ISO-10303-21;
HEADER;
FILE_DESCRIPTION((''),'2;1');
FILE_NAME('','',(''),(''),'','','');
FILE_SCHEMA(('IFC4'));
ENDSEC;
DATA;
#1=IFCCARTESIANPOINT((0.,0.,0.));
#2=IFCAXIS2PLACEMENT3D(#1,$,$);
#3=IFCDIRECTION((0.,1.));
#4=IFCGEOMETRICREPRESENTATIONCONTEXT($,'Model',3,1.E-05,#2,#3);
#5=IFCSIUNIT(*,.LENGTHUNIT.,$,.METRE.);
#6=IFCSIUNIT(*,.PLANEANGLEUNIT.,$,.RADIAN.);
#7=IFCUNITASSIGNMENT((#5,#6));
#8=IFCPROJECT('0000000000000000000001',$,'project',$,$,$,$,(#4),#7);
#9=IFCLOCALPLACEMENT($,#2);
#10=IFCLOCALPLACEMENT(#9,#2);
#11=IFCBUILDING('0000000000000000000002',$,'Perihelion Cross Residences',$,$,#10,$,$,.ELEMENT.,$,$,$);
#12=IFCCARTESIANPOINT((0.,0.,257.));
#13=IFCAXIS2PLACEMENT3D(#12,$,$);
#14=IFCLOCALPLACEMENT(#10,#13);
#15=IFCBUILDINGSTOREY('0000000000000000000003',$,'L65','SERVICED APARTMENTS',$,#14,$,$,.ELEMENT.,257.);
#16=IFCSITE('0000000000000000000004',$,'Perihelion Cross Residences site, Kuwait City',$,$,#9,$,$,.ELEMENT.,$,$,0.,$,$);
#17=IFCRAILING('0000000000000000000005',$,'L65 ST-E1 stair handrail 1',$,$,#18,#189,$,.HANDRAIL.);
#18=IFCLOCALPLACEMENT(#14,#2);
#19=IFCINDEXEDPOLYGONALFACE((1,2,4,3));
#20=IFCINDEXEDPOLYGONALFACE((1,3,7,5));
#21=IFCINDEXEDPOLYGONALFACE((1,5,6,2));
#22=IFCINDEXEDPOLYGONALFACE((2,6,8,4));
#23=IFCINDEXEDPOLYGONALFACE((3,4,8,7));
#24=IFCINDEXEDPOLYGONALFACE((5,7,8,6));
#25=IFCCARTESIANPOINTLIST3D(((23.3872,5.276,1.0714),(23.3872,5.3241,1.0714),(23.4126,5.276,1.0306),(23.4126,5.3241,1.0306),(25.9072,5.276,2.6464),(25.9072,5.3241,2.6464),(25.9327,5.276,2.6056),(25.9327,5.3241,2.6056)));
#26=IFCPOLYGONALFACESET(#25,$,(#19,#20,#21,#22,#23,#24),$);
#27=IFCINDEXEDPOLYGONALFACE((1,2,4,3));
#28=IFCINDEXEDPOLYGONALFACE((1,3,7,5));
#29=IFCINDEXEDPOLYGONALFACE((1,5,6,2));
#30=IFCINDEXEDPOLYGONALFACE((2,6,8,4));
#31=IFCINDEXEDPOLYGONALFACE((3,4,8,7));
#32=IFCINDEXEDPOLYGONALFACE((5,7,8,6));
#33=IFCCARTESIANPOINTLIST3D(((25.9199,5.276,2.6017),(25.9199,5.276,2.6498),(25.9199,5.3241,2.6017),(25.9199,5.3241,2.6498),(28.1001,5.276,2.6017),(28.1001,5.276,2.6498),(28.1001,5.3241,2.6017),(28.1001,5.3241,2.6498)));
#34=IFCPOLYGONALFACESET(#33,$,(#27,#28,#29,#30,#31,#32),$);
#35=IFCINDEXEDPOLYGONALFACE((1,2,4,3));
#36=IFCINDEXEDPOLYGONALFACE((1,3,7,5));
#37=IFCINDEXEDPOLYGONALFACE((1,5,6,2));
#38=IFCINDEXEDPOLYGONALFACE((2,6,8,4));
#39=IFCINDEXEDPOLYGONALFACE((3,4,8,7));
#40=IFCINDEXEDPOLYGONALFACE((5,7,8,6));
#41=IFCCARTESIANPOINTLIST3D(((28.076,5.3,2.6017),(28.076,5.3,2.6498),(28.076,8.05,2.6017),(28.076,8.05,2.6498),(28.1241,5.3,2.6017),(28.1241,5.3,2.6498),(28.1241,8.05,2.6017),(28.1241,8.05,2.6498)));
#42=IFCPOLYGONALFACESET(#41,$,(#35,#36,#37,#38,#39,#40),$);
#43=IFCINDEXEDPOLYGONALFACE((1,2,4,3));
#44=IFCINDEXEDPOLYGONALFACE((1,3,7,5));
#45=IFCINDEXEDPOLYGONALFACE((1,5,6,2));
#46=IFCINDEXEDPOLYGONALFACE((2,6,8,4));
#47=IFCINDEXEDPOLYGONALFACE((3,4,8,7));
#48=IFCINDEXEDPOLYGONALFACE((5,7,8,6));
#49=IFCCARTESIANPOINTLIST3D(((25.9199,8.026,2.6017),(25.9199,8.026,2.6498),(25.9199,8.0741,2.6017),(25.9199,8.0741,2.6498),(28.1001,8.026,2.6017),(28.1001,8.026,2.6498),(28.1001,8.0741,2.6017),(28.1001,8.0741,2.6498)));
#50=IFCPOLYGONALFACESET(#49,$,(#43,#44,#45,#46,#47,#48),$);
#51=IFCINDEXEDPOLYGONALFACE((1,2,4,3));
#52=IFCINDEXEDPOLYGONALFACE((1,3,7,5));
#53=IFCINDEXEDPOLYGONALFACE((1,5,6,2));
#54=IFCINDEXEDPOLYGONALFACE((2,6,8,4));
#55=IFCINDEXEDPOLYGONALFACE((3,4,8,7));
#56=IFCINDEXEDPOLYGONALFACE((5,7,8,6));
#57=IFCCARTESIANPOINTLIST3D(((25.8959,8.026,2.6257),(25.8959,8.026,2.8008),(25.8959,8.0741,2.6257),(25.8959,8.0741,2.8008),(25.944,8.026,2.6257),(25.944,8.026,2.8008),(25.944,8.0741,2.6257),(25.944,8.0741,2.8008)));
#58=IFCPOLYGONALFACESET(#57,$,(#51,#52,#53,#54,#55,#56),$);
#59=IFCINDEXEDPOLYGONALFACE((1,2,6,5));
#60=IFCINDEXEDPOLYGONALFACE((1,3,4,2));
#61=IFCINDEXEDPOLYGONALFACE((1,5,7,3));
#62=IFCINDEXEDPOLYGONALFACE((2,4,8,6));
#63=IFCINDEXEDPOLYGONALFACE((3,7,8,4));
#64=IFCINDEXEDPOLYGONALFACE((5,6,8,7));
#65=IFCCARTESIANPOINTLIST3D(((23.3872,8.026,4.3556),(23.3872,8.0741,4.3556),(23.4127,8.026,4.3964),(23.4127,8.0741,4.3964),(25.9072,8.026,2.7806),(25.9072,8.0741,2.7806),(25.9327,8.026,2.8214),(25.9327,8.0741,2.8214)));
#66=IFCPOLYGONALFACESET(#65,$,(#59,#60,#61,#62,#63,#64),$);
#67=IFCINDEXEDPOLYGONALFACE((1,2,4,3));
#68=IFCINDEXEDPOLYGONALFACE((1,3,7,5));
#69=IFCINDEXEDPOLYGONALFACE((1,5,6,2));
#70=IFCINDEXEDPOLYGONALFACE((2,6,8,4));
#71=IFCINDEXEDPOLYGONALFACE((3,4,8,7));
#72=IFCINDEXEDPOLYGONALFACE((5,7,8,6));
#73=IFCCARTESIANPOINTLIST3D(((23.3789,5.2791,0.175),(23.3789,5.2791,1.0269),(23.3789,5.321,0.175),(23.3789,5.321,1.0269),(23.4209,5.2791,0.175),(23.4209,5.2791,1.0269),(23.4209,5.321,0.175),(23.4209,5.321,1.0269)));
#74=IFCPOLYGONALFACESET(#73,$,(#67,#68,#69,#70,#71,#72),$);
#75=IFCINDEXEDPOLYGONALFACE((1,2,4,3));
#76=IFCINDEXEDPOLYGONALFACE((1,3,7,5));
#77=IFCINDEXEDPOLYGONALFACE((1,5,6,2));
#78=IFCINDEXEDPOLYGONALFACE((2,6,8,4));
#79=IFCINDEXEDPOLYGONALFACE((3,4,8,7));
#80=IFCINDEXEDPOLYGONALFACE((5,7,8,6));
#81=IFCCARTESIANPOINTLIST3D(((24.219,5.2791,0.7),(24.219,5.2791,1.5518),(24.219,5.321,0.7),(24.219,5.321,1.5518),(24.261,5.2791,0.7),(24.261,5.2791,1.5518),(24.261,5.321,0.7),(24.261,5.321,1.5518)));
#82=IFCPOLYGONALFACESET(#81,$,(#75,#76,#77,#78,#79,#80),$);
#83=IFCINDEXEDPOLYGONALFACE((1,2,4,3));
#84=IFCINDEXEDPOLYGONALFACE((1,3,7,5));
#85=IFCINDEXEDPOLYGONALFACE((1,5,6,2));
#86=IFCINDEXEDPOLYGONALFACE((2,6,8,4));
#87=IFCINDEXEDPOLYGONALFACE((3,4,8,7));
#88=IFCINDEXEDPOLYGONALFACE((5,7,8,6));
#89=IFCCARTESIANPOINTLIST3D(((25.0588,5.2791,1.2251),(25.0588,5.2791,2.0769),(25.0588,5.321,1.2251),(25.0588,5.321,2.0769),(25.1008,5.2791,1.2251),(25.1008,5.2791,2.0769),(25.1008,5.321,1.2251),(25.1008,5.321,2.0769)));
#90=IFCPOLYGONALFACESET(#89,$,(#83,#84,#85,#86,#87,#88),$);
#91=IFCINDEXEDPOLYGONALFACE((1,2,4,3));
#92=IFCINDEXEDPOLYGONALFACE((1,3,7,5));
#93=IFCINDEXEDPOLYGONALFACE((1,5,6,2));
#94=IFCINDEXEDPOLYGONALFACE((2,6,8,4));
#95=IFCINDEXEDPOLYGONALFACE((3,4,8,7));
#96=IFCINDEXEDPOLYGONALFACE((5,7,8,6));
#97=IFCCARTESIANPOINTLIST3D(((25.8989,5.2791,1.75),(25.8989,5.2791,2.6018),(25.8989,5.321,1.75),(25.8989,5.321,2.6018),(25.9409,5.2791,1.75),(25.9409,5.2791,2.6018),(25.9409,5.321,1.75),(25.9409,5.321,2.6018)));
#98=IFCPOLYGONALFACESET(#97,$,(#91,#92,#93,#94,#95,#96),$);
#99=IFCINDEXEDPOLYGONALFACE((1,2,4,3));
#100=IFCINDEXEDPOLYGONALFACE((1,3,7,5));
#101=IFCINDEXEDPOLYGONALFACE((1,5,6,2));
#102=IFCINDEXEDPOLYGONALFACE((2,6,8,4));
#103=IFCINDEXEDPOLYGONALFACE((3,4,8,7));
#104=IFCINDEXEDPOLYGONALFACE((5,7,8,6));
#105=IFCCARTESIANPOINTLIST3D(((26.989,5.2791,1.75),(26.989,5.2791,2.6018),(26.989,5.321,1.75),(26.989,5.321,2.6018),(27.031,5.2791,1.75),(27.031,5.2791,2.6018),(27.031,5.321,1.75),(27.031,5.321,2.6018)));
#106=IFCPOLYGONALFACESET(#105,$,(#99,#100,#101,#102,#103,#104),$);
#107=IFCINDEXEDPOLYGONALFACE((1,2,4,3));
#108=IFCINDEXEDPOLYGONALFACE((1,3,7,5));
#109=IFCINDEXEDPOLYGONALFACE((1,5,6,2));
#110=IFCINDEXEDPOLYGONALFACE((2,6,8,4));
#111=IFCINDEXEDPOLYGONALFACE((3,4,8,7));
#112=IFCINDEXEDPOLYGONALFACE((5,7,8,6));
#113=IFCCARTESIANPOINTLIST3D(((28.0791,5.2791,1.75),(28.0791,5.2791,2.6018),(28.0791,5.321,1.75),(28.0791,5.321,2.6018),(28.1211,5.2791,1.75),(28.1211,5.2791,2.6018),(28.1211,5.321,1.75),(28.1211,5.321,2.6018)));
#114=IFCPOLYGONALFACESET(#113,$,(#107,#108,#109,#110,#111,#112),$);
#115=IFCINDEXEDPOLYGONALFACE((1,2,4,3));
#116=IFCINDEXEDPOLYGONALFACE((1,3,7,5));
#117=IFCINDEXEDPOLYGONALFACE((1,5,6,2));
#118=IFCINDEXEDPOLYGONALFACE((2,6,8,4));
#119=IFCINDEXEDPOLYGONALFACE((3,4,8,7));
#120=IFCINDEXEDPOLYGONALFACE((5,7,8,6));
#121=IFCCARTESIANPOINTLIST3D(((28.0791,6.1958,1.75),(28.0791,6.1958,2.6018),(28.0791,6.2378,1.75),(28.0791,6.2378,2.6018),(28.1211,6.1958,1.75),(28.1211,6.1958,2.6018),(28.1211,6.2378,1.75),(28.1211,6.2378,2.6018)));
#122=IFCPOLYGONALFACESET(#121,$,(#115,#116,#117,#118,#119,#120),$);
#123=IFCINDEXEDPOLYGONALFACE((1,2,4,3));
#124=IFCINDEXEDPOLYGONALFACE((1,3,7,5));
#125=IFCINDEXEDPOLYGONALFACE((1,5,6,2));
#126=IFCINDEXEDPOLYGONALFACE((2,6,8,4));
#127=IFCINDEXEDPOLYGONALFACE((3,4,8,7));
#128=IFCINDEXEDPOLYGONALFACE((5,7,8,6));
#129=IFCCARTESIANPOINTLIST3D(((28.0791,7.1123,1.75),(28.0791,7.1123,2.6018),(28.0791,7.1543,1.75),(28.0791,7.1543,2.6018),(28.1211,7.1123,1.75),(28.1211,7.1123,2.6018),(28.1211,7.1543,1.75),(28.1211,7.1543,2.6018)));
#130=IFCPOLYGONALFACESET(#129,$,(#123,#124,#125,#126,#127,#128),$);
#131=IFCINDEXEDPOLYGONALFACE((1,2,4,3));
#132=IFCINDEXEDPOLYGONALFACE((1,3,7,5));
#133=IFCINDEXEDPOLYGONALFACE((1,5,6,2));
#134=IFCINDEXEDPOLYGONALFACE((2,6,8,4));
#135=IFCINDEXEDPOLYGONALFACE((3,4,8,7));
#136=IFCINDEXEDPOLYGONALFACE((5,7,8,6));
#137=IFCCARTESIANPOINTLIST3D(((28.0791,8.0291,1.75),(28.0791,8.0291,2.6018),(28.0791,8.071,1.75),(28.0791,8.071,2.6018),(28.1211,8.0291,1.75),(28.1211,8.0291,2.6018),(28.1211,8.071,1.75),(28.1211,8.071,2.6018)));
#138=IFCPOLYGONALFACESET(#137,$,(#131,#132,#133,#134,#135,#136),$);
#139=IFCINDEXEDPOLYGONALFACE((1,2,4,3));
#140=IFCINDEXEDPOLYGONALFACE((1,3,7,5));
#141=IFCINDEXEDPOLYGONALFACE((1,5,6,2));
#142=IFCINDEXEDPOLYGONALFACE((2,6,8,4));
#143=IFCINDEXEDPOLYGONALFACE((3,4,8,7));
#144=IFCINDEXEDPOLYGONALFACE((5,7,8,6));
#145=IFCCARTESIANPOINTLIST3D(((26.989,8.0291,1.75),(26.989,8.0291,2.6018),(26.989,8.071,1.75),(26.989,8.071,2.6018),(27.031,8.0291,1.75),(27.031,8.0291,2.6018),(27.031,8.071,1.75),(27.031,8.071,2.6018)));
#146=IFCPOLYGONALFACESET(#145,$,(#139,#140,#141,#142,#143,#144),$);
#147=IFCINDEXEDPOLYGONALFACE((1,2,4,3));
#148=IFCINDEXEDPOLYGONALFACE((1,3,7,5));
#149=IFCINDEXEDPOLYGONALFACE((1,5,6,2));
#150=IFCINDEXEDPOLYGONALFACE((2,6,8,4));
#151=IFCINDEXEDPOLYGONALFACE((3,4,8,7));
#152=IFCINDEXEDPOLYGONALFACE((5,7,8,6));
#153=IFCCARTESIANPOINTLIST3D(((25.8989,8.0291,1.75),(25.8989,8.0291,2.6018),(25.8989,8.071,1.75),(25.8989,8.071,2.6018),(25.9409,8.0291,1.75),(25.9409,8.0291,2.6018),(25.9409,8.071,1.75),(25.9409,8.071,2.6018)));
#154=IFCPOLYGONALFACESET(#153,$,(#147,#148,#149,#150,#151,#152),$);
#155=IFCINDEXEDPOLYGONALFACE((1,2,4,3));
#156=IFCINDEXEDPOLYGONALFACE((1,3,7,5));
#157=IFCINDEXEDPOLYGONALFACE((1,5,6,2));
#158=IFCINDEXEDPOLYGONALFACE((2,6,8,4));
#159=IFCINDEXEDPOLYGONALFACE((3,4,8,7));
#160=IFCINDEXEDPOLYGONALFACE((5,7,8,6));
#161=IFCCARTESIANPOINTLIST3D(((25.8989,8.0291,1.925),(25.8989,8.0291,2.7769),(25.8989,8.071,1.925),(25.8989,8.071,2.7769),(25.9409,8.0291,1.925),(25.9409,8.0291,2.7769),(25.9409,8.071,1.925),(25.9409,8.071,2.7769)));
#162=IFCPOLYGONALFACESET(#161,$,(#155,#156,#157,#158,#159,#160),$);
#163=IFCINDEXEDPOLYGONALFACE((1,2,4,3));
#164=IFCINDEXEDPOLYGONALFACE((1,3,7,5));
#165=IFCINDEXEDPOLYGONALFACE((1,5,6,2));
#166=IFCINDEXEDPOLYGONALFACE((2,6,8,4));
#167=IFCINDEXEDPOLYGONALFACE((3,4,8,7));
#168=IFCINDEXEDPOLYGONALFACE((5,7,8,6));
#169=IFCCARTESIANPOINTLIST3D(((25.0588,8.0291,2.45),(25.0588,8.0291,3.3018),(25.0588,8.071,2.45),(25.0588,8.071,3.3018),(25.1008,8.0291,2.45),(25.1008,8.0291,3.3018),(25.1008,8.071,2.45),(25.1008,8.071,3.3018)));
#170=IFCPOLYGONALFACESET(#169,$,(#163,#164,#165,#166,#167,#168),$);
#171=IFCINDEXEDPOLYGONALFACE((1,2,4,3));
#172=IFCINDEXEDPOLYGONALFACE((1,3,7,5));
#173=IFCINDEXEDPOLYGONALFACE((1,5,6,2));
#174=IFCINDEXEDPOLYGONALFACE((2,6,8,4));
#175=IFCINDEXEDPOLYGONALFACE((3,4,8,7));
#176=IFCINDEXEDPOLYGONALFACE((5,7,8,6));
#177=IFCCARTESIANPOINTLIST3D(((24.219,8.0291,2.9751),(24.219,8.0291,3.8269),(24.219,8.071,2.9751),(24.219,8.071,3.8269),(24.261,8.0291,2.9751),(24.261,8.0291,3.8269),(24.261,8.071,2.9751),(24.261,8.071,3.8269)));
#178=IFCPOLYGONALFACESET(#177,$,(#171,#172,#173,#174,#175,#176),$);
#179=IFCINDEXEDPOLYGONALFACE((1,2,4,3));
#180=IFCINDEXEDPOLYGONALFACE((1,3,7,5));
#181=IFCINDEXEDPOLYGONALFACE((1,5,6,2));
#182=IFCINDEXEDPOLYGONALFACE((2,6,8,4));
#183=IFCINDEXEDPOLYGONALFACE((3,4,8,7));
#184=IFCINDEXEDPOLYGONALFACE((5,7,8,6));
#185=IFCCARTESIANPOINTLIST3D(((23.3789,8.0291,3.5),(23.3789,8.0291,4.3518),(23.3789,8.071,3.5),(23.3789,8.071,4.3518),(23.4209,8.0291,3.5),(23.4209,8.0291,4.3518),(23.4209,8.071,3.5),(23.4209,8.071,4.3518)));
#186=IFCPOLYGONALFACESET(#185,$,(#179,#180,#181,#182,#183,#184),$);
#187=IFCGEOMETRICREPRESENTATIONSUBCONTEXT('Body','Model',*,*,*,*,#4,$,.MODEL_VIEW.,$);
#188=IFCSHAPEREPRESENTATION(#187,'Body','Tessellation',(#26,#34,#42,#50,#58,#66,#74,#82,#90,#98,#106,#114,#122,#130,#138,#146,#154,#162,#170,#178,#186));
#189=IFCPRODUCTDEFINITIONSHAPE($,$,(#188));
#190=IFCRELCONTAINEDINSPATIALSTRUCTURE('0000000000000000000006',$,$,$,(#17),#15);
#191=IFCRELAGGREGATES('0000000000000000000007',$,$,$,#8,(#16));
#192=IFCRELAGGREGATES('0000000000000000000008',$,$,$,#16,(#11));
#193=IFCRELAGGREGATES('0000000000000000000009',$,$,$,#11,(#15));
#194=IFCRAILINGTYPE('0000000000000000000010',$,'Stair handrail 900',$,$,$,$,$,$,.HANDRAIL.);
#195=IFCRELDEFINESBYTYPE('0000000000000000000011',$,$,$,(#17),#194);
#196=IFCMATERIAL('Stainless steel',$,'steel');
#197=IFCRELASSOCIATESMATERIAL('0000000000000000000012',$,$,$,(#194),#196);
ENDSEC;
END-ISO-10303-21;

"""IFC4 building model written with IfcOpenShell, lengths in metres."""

from ifc_helpers import new_model, si_unit, direction, frame, origin, origin_2d, place, context, subcontext, project, spatial, rectangle, extrude, material, type_object, element, save


model = new_model("IFC4")

# Units and contexts
model_context = context("Model", 3, precision=1e-05, world=origin(), true_north=direction((0.0, 1.0)))
body_context = subcontext(model_context, "Body", "Model", "MODEL_VIEW")
ifc_project = project(units=[si_unit("LENGTHUNIT", "METRE"), si_unit("PLANEANGLEUNIT", "RADIAN")], contexts=[model_context])

# Site, building, storey
site_placement = place(None, origin())
site = spatial("IfcSite", under=ifc_project, at=site_placement, Name="Perihelion Cross Residences site, Kuwait City", CompositionType="ELEMENT", RefElevation=0.0)
building_placement = place(site_placement, origin())
building = spatial("IfcBuilding", under=site, at=building_placement, Name="Perihelion Cross Residences", CompositionType="ELEMENT")
storey_placement = place(building_placement, frame((0.0, 0.0, 257.0)))
storey = spatial("IfcBuildingStorey", under=building, at=storey_placement, Name="L65", Description="SERVICED APARTMENTS", CompositionType="ELEMENT", Elevation=257.0)

# Railing
ifc_material_1 = material(Name="Stainless steel", Category="steel")
railing_type_1 = type_object("IfcRailingType", Name="Stair handrail 900", PredefinedType="HANDRAIL", material=ifc_material_1)
railing_1_placement = place(storey_placement, frame((23.3999, 5.3, 0.175)))
element("IfcRailing", 1, at=railing_1_placement, inside=storey, type_object=railing_type_1, Name="L65 ST-E1 stair handrail 1", PredefinedType="HANDRAIL", context=body_context, shape_type="SweptSolid", body=[
    extrude(rectangle(XDim=0.0481, YDim=0.0481, at=origin_2d()), frame((0.0, 0.0, 0.876), z_axis=(0.848008, 0.0, 0.529984), x_axis=(0.0, 1.0, 0.0)), (0.0, 0.0, 1.0), 2.9717),
    extrude(rectangle(XDim=0.0481, YDim=0.0481, at=origin_2d()), frame((2.52, 0.0, 2.4507), z_axis=(1.0, 0.0, 0.0), x_axis=(0.0, 1.0, 0.0)), (0.0, 0.0, 1.0), 2.1802),
    extrude(rectangle(XDim=0.0481, YDim=0.0481, at=origin_2d()), frame((4.7002, 0.0, 2.4507), z_axis=(0.0, 1.0, 0.0), x_axis=(-1.0, 0.0, 0.0)), (0.0, 0.0, 1.0), 2.75),
    extrude(rectangle(XDim=0.0481, YDim=0.0481, at=origin_2d()), frame((4.7002, 2.75, 2.4507), z_axis=(-1.0, 0.0, 0.0), x_axis=(0.0, -1.0, 0.0)), (0.0, 0.0, 1.0), 2.1802),
    extrude(rectangle(XDim=0.0481, YDim=0.0481, at=origin_2d()), frame((2.52, 2.75, 2.4507), z_axis=(0.0, 0.0, 1.0), x_axis=(1.0, 0.0, 0.0)), (0.0, 0.0, 1.0), 0.175),
    extrude(rectangle(XDim=0.0481, YDim=0.0481, at=origin_2d()), frame((2.52, 2.75, 2.626), z_axis=(-0.848008, 0.0, 0.529984), x_axis=(0.0, -1.0, 0.0)), (0.0, 0.0, 1.0), 2.9717),
    extrude(rectangle(XDim=0.042, YDim=0.042, at=origin_2d()), origin(), (0.0, 0.0, 1.0), 0.8518),
    extrude(rectangle(XDim=0.042, YDim=0.042, at=origin_2d()), frame((0.8401, 0.0, 0.5249)), (0.0, 0.0, 1.0), 0.8518),
    extrude(rectangle(XDim=0.042, YDim=0.042, at=origin_2d()), frame((1.6799, 0.0, 1.05)), (0.0, 0.0, 1.0), 0.8518),
    extrude(rectangle(XDim=0.042, YDim=0.042, at=origin_2d()), frame((2.52, 0.0, 1.575)), (0.0, 0.0, 1.0), 0.8518),
    extrude(rectangle(XDim=0.042, YDim=0.042, at=origin_2d()), frame((3.6101, 0.0, 1.575)), (0.0, 0.0, 1.0), 0.8518),
    extrude(rectangle(XDim=0.042, YDim=0.042, at=origin_2d()), frame((4.7002, 0.0, 1.575)), (0.0, 0.0, 1.0), 0.8518),
    extrude(rectangle(XDim=0.042, YDim=0.042, at=origin_2d()), frame((4.7002, 0.9167, 1.575)), (0.0, 0.0, 1.0), 0.8518),
    extrude(rectangle(XDim=0.042, YDim=0.042, at=origin_2d()), frame((4.7002, 1.8333, 1.575)), (0.0, 0.0, 1.0), 0.8518),
    extrude(rectangle(XDim=0.042, YDim=0.042, at=origin_2d()), frame((4.7002, 2.75, 1.575)), (0.0, 0.0, 1.0), 0.8518),
    extrude(rectangle(XDim=0.042, YDim=0.042, at=origin_2d()), frame((3.6101, 2.75, 1.575)), (0.0, 0.0, 1.0), 0.8518),
    extrude(rectangle(XDim=0.042, YDim=0.042, at=origin_2d()), frame((2.52, 2.75, 1.575)), (0.0, 0.0, 1.0), 0.8518),
    extrude(rectangle(XDim=0.042, YDim=0.042, at=origin_2d()), frame((2.52, 2.75, 1.75)), (0.0, 0.0, 1.0), 0.8518),
    extrude(rectangle(XDim=0.042, YDim=0.042, at=origin_2d()), frame((1.6799, 2.75, 2.2749)), (0.0, 0.0, 1.0), 0.8518),
    extrude(rectangle(XDim=0.042, YDim=0.042, at=origin_2d()), frame((0.8401, 2.75, 2.8)), (0.0, 0.0, 1.0), 0.8518),
    extrude(rectangle(XDim=0.042, YDim=0.042, at=origin_2d()), frame((0.0, 2.75, 3.325)), (0.0, 0.0, 1.0), 0.8518),
])

save(model, "model.ifc")
